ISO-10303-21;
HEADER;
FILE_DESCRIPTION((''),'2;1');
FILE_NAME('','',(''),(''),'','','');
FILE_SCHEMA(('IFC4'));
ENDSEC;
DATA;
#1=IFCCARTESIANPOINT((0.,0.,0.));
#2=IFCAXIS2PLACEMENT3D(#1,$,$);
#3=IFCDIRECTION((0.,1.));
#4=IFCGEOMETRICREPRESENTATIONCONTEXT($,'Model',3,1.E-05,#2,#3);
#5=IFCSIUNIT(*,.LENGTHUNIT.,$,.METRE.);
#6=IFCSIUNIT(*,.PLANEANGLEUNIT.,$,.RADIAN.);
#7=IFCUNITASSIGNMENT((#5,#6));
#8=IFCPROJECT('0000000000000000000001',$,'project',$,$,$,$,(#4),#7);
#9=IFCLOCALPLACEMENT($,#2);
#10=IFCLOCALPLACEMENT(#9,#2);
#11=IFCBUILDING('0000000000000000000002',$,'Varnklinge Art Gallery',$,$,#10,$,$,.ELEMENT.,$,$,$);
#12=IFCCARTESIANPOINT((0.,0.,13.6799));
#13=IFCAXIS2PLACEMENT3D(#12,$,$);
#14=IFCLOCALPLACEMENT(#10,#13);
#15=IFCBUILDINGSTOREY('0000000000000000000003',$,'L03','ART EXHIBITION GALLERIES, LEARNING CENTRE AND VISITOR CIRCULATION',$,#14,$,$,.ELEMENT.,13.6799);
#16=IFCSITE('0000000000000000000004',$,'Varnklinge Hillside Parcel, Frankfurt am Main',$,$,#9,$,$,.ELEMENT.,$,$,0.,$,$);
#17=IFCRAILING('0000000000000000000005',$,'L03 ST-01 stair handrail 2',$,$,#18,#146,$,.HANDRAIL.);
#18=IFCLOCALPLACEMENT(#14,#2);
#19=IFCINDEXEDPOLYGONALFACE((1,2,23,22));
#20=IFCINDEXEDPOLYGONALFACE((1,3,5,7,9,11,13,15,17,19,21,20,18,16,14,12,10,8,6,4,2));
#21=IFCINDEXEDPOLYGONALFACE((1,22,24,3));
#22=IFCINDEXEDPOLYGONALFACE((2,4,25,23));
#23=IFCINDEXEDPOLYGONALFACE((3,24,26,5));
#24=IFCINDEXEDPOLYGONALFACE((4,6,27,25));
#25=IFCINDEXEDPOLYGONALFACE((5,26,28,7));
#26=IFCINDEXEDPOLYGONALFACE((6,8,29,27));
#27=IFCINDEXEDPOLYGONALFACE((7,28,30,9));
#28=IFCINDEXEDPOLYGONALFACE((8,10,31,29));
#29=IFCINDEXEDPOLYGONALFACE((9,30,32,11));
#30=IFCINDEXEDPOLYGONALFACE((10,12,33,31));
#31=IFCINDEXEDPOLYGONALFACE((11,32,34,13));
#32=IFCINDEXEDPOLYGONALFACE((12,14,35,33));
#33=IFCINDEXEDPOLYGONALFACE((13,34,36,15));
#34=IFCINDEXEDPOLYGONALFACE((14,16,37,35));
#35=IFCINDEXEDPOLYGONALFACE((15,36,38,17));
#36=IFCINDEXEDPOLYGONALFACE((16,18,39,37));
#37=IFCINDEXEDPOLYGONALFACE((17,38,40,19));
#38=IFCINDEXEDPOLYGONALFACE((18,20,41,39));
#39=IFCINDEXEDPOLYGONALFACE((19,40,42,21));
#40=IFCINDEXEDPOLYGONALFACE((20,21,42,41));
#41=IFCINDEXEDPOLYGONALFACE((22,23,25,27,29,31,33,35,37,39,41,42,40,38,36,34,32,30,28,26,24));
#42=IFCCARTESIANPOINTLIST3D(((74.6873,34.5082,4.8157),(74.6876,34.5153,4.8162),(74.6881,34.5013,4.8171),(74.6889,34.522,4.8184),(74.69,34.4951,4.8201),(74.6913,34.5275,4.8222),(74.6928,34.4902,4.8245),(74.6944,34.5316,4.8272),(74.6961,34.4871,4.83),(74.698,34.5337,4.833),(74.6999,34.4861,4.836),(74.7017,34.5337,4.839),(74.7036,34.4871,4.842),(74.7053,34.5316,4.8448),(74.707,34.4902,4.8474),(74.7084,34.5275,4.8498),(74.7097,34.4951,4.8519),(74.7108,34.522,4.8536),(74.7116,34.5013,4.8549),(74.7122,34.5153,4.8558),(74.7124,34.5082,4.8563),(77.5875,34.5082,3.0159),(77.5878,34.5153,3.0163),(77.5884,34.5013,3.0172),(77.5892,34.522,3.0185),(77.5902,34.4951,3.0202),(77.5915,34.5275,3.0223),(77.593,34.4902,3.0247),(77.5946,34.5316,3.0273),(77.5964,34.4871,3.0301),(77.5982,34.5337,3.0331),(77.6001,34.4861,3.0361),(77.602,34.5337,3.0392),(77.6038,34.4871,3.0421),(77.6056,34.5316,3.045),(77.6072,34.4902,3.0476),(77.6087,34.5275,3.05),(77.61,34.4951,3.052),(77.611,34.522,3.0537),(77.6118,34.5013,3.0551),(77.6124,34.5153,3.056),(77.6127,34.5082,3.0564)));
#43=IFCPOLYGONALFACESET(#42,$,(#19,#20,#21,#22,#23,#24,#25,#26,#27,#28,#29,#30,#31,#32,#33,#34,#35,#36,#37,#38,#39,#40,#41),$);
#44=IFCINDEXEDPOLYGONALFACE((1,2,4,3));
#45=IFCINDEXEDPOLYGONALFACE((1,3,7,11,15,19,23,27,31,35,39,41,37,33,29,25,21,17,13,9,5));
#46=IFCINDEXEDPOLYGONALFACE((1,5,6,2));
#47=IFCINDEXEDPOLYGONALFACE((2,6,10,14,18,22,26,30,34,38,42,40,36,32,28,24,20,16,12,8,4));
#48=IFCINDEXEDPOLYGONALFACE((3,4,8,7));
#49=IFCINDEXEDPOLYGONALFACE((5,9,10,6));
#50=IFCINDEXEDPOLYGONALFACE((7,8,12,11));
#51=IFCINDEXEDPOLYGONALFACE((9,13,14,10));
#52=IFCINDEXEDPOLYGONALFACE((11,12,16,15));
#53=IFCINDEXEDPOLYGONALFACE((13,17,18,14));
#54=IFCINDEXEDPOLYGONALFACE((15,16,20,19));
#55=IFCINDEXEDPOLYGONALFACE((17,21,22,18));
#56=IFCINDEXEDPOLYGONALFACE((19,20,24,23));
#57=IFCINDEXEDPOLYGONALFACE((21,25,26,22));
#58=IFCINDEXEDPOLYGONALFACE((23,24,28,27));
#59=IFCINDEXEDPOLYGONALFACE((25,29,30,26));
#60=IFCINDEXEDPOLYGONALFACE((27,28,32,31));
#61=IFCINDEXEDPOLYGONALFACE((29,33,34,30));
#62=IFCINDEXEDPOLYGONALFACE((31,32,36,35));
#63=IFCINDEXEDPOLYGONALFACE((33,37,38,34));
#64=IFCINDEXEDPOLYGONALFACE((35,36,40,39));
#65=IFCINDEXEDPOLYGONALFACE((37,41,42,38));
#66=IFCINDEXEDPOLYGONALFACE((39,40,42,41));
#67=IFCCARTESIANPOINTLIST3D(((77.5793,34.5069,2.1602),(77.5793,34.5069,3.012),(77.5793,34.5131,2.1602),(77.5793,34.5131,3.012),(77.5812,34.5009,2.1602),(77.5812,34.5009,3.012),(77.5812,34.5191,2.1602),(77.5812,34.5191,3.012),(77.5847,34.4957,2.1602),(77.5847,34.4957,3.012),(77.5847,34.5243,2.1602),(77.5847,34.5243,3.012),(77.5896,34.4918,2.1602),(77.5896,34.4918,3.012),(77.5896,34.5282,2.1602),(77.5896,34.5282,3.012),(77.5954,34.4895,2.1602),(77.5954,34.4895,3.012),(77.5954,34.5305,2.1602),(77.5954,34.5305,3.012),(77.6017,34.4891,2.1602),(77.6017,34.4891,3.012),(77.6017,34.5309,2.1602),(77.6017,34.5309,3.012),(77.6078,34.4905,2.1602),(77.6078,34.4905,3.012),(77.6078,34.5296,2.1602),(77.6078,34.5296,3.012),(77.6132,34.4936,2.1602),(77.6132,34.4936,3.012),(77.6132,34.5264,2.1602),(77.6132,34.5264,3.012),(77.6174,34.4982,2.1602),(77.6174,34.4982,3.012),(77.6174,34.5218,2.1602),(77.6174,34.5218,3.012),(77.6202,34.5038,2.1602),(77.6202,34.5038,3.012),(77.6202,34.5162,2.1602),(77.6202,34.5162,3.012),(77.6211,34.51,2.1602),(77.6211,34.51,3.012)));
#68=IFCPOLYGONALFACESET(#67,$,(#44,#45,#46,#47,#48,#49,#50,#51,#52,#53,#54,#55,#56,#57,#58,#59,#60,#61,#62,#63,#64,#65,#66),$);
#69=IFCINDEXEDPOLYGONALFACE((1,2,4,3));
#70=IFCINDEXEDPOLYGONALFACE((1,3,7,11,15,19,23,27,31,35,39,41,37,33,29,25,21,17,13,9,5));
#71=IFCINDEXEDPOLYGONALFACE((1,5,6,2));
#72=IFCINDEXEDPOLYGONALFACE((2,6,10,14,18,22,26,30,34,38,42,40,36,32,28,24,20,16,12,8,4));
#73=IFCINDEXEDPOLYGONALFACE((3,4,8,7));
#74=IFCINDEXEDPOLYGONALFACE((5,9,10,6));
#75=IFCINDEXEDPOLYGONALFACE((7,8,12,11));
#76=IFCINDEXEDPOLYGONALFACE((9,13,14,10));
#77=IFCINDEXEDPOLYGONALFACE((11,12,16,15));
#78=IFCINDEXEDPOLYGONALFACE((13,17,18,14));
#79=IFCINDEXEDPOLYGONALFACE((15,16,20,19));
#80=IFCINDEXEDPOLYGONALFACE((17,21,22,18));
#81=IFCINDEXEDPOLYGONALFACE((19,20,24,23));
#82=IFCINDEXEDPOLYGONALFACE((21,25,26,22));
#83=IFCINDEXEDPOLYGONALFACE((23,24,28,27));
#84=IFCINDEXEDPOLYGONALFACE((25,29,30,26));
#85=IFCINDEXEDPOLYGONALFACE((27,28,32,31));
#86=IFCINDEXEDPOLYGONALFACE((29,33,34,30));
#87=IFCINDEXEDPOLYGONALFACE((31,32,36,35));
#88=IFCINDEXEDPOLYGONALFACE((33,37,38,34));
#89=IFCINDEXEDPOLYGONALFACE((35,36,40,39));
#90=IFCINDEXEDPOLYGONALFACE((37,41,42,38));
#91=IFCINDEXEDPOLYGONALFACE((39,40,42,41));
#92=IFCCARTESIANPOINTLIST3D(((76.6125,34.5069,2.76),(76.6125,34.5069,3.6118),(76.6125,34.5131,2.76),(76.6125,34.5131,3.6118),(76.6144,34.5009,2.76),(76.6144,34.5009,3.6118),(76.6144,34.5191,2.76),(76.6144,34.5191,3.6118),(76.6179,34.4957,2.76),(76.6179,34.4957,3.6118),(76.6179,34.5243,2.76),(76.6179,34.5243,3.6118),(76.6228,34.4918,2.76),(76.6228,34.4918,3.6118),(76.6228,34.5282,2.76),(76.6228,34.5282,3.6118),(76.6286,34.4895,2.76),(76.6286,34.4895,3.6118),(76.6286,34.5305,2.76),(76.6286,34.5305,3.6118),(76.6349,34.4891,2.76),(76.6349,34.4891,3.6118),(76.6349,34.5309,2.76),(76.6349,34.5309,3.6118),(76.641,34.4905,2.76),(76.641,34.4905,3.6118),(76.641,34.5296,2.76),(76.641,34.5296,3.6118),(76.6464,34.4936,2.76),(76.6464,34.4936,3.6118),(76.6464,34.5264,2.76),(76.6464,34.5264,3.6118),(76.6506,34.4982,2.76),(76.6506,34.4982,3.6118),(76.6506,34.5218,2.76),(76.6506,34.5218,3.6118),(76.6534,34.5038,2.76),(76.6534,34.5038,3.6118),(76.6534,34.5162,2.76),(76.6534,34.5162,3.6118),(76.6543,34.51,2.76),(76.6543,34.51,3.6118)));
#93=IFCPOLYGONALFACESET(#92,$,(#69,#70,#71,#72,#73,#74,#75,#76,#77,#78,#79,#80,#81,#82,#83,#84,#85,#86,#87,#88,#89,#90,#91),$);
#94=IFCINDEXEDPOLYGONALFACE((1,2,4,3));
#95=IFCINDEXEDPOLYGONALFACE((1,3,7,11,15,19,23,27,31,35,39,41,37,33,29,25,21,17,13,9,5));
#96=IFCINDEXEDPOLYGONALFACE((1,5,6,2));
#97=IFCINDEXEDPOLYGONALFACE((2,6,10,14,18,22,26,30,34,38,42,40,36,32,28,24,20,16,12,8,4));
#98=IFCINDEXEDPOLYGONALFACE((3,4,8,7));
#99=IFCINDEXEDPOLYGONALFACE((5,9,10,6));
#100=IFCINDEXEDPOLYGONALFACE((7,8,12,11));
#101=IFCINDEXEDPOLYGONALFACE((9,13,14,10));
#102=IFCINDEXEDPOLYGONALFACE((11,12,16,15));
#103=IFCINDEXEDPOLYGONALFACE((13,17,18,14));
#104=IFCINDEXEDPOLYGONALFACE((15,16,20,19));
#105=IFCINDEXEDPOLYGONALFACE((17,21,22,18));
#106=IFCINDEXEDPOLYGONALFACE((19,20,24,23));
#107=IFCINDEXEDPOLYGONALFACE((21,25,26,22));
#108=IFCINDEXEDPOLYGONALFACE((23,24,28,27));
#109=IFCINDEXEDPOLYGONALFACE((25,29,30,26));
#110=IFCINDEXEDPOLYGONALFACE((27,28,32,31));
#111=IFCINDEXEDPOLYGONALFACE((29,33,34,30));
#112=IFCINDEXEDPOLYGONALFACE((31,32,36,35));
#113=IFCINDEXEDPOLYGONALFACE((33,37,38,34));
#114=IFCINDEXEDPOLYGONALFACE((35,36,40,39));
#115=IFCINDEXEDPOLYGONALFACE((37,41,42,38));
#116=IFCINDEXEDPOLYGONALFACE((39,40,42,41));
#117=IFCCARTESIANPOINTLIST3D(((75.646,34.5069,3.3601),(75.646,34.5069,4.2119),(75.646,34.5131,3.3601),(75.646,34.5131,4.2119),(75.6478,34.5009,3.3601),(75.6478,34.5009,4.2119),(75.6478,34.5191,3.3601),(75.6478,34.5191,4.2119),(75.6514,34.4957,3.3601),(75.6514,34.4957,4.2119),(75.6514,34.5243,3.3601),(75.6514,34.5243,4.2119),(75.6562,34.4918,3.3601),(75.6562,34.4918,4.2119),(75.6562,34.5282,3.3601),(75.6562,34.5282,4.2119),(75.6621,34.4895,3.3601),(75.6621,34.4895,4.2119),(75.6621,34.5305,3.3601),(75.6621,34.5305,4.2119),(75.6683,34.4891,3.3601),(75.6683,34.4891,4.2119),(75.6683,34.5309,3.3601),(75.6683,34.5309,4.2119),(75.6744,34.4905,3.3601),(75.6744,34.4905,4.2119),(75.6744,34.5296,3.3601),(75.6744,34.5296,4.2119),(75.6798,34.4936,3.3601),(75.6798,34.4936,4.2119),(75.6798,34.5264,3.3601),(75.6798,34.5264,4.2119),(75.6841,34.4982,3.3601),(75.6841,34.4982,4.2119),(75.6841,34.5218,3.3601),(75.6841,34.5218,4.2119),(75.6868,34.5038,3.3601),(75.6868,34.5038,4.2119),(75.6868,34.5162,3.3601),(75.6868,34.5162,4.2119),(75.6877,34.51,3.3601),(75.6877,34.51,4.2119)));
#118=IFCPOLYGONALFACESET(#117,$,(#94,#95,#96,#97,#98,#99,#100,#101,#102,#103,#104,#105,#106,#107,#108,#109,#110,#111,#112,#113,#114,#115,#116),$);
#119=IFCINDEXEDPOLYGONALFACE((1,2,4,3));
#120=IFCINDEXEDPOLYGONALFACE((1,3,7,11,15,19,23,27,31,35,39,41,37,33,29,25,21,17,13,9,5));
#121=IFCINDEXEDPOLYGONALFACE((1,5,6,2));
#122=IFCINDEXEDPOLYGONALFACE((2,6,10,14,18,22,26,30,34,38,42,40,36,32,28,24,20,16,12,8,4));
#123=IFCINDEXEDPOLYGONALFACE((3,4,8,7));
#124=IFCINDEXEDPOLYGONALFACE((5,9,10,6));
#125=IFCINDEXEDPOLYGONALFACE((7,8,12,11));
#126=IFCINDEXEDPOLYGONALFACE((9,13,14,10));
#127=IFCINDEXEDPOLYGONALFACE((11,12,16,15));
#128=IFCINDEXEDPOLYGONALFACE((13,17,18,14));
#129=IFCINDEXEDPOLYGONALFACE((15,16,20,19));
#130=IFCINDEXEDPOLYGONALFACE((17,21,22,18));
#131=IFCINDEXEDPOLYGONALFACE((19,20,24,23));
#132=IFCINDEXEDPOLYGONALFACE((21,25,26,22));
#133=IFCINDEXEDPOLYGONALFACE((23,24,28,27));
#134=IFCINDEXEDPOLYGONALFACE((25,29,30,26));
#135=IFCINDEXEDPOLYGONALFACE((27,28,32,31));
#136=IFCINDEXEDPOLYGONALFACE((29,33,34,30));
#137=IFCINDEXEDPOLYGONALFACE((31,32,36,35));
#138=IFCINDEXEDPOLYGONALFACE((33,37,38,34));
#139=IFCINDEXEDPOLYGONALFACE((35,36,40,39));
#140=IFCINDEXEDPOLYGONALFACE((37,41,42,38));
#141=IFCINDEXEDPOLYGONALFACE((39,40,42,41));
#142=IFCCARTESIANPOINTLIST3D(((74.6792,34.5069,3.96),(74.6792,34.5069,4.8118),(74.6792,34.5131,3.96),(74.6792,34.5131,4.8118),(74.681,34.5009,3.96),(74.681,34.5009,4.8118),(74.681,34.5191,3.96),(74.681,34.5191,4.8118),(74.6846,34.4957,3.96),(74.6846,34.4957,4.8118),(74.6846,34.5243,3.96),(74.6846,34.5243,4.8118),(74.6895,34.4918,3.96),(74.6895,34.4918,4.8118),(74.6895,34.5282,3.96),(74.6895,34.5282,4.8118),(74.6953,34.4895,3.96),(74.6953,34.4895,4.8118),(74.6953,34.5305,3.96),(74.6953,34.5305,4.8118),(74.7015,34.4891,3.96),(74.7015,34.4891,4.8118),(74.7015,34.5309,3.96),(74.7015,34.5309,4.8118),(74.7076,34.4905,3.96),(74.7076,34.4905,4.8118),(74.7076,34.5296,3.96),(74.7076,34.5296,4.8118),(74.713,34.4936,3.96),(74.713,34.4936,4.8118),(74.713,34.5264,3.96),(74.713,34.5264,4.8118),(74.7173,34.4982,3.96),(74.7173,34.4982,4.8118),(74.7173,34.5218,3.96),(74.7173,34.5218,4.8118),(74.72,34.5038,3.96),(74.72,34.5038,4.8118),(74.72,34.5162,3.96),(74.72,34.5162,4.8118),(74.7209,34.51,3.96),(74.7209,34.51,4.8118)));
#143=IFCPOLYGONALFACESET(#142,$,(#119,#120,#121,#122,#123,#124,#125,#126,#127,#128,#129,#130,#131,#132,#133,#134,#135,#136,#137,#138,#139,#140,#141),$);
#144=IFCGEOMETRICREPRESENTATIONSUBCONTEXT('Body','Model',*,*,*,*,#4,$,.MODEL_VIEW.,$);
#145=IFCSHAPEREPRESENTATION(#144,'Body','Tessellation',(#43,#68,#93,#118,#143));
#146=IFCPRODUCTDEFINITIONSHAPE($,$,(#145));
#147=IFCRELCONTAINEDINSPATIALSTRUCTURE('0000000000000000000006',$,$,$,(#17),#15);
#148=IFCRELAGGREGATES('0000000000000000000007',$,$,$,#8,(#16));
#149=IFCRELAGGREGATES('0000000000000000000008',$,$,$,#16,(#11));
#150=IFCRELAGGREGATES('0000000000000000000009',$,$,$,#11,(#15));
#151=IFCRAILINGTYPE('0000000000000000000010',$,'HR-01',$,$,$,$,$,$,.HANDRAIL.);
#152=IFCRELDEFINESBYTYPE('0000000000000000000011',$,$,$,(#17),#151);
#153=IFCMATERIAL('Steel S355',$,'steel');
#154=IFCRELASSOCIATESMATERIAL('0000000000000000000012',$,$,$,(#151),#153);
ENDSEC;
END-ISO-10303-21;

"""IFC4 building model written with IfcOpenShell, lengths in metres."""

from ifc_helpers import new_model, si_unit, direction, frame, origin, origin_2d, place, context, subcontext, project, spatial, circle, extrude, material, type_object, element, save


model = new_model("IFC4")

# Units and contexts
model_context = context("Model", 3, precision=1e-05, world=origin(), true_north=direction((0.0, 1.0)))
body_context = subcontext(model_context, "Body", "Model", "MODEL_VIEW")
ifc_project = project(units=[si_unit("LENGTHUNIT", "METRE"), si_unit("PLANEANGLEUNIT", "RADIAN")], contexts=[model_context])

# Site, building, storey
site_placement = place(None, origin())
site = spatial("IfcSite", under=ifc_project, at=site_placement, Name="Varnklinge Hillside Parcel, Frankfurt am Main", CompositionType="ELEMENT", RefElevation=0.0)
building_placement = place(site_placement, origin())
building = spatial("IfcBuilding", under=site, at=building_placement, Name="Varnklinge Art Gallery", CompositionType="ELEMENT")
storey_placement = place(building_placement, frame((0.0, 0.0, 13.6799)))
storey = spatial("IfcBuildingStorey", under=building, at=storey_placement, Name="L03", Description="ART EXHIBITION GALLERIES, LEARNING CENTRE AND VISITOR CIRCULATION", CompositionType="ELEMENT", Elevation=13.6799)

# Railing
ifc_material_1 = material(Name="Steel S355", Category="steel")
railing_type_1 = type_object("IfcRailingType", Name="HR-01", PredefinedType="HANDRAIL", material=ifc_material_1)
railing_1_placement = place(storey_placement, frame((77.6001, 34.51, 2.1602)))
element("IfcRailing", 1, at=railing_1_placement, inside=storey, type_object=railing_type_1, Name="L03 ST-01 stair handrail 2", PredefinedType="HANDRAIL", context=body_context, shape_type="SweptSolid", body=[
    extrude(circle(Radius=0.0239, at=origin_2d()), frame((0.0, 0.0, 0.876), z_axis=(-0.849678, 0.0, 0.527302), x_axis=(0.0, -1.0, 0.0)), (0.0, 0.0, 1.0), 3.4133),
    extrude(circle(Radius=0.021, at=origin_2d()), origin(), (0.0, 0.0, 1.0), 0.8518),
    extrude(circle(Radius=0.021, at=origin_2d()), frame((-0.9668, 0.0, 0.5999)), (0.0, 0.0, 1.0), 0.8518),
    extrude(circle(Radius=0.021, at=origin_2d()), frame((-1.9333, 0.0, 1.2)), (0.0, 0.0, 1.0), 0.8518),
    extrude(circle(Radius=0.021, at=origin_2d()), frame((-2.9001, 0.0, 1.7998)), (0.0, 0.0, 1.0), 0.8518),
])

save(model, "model.ifc")
